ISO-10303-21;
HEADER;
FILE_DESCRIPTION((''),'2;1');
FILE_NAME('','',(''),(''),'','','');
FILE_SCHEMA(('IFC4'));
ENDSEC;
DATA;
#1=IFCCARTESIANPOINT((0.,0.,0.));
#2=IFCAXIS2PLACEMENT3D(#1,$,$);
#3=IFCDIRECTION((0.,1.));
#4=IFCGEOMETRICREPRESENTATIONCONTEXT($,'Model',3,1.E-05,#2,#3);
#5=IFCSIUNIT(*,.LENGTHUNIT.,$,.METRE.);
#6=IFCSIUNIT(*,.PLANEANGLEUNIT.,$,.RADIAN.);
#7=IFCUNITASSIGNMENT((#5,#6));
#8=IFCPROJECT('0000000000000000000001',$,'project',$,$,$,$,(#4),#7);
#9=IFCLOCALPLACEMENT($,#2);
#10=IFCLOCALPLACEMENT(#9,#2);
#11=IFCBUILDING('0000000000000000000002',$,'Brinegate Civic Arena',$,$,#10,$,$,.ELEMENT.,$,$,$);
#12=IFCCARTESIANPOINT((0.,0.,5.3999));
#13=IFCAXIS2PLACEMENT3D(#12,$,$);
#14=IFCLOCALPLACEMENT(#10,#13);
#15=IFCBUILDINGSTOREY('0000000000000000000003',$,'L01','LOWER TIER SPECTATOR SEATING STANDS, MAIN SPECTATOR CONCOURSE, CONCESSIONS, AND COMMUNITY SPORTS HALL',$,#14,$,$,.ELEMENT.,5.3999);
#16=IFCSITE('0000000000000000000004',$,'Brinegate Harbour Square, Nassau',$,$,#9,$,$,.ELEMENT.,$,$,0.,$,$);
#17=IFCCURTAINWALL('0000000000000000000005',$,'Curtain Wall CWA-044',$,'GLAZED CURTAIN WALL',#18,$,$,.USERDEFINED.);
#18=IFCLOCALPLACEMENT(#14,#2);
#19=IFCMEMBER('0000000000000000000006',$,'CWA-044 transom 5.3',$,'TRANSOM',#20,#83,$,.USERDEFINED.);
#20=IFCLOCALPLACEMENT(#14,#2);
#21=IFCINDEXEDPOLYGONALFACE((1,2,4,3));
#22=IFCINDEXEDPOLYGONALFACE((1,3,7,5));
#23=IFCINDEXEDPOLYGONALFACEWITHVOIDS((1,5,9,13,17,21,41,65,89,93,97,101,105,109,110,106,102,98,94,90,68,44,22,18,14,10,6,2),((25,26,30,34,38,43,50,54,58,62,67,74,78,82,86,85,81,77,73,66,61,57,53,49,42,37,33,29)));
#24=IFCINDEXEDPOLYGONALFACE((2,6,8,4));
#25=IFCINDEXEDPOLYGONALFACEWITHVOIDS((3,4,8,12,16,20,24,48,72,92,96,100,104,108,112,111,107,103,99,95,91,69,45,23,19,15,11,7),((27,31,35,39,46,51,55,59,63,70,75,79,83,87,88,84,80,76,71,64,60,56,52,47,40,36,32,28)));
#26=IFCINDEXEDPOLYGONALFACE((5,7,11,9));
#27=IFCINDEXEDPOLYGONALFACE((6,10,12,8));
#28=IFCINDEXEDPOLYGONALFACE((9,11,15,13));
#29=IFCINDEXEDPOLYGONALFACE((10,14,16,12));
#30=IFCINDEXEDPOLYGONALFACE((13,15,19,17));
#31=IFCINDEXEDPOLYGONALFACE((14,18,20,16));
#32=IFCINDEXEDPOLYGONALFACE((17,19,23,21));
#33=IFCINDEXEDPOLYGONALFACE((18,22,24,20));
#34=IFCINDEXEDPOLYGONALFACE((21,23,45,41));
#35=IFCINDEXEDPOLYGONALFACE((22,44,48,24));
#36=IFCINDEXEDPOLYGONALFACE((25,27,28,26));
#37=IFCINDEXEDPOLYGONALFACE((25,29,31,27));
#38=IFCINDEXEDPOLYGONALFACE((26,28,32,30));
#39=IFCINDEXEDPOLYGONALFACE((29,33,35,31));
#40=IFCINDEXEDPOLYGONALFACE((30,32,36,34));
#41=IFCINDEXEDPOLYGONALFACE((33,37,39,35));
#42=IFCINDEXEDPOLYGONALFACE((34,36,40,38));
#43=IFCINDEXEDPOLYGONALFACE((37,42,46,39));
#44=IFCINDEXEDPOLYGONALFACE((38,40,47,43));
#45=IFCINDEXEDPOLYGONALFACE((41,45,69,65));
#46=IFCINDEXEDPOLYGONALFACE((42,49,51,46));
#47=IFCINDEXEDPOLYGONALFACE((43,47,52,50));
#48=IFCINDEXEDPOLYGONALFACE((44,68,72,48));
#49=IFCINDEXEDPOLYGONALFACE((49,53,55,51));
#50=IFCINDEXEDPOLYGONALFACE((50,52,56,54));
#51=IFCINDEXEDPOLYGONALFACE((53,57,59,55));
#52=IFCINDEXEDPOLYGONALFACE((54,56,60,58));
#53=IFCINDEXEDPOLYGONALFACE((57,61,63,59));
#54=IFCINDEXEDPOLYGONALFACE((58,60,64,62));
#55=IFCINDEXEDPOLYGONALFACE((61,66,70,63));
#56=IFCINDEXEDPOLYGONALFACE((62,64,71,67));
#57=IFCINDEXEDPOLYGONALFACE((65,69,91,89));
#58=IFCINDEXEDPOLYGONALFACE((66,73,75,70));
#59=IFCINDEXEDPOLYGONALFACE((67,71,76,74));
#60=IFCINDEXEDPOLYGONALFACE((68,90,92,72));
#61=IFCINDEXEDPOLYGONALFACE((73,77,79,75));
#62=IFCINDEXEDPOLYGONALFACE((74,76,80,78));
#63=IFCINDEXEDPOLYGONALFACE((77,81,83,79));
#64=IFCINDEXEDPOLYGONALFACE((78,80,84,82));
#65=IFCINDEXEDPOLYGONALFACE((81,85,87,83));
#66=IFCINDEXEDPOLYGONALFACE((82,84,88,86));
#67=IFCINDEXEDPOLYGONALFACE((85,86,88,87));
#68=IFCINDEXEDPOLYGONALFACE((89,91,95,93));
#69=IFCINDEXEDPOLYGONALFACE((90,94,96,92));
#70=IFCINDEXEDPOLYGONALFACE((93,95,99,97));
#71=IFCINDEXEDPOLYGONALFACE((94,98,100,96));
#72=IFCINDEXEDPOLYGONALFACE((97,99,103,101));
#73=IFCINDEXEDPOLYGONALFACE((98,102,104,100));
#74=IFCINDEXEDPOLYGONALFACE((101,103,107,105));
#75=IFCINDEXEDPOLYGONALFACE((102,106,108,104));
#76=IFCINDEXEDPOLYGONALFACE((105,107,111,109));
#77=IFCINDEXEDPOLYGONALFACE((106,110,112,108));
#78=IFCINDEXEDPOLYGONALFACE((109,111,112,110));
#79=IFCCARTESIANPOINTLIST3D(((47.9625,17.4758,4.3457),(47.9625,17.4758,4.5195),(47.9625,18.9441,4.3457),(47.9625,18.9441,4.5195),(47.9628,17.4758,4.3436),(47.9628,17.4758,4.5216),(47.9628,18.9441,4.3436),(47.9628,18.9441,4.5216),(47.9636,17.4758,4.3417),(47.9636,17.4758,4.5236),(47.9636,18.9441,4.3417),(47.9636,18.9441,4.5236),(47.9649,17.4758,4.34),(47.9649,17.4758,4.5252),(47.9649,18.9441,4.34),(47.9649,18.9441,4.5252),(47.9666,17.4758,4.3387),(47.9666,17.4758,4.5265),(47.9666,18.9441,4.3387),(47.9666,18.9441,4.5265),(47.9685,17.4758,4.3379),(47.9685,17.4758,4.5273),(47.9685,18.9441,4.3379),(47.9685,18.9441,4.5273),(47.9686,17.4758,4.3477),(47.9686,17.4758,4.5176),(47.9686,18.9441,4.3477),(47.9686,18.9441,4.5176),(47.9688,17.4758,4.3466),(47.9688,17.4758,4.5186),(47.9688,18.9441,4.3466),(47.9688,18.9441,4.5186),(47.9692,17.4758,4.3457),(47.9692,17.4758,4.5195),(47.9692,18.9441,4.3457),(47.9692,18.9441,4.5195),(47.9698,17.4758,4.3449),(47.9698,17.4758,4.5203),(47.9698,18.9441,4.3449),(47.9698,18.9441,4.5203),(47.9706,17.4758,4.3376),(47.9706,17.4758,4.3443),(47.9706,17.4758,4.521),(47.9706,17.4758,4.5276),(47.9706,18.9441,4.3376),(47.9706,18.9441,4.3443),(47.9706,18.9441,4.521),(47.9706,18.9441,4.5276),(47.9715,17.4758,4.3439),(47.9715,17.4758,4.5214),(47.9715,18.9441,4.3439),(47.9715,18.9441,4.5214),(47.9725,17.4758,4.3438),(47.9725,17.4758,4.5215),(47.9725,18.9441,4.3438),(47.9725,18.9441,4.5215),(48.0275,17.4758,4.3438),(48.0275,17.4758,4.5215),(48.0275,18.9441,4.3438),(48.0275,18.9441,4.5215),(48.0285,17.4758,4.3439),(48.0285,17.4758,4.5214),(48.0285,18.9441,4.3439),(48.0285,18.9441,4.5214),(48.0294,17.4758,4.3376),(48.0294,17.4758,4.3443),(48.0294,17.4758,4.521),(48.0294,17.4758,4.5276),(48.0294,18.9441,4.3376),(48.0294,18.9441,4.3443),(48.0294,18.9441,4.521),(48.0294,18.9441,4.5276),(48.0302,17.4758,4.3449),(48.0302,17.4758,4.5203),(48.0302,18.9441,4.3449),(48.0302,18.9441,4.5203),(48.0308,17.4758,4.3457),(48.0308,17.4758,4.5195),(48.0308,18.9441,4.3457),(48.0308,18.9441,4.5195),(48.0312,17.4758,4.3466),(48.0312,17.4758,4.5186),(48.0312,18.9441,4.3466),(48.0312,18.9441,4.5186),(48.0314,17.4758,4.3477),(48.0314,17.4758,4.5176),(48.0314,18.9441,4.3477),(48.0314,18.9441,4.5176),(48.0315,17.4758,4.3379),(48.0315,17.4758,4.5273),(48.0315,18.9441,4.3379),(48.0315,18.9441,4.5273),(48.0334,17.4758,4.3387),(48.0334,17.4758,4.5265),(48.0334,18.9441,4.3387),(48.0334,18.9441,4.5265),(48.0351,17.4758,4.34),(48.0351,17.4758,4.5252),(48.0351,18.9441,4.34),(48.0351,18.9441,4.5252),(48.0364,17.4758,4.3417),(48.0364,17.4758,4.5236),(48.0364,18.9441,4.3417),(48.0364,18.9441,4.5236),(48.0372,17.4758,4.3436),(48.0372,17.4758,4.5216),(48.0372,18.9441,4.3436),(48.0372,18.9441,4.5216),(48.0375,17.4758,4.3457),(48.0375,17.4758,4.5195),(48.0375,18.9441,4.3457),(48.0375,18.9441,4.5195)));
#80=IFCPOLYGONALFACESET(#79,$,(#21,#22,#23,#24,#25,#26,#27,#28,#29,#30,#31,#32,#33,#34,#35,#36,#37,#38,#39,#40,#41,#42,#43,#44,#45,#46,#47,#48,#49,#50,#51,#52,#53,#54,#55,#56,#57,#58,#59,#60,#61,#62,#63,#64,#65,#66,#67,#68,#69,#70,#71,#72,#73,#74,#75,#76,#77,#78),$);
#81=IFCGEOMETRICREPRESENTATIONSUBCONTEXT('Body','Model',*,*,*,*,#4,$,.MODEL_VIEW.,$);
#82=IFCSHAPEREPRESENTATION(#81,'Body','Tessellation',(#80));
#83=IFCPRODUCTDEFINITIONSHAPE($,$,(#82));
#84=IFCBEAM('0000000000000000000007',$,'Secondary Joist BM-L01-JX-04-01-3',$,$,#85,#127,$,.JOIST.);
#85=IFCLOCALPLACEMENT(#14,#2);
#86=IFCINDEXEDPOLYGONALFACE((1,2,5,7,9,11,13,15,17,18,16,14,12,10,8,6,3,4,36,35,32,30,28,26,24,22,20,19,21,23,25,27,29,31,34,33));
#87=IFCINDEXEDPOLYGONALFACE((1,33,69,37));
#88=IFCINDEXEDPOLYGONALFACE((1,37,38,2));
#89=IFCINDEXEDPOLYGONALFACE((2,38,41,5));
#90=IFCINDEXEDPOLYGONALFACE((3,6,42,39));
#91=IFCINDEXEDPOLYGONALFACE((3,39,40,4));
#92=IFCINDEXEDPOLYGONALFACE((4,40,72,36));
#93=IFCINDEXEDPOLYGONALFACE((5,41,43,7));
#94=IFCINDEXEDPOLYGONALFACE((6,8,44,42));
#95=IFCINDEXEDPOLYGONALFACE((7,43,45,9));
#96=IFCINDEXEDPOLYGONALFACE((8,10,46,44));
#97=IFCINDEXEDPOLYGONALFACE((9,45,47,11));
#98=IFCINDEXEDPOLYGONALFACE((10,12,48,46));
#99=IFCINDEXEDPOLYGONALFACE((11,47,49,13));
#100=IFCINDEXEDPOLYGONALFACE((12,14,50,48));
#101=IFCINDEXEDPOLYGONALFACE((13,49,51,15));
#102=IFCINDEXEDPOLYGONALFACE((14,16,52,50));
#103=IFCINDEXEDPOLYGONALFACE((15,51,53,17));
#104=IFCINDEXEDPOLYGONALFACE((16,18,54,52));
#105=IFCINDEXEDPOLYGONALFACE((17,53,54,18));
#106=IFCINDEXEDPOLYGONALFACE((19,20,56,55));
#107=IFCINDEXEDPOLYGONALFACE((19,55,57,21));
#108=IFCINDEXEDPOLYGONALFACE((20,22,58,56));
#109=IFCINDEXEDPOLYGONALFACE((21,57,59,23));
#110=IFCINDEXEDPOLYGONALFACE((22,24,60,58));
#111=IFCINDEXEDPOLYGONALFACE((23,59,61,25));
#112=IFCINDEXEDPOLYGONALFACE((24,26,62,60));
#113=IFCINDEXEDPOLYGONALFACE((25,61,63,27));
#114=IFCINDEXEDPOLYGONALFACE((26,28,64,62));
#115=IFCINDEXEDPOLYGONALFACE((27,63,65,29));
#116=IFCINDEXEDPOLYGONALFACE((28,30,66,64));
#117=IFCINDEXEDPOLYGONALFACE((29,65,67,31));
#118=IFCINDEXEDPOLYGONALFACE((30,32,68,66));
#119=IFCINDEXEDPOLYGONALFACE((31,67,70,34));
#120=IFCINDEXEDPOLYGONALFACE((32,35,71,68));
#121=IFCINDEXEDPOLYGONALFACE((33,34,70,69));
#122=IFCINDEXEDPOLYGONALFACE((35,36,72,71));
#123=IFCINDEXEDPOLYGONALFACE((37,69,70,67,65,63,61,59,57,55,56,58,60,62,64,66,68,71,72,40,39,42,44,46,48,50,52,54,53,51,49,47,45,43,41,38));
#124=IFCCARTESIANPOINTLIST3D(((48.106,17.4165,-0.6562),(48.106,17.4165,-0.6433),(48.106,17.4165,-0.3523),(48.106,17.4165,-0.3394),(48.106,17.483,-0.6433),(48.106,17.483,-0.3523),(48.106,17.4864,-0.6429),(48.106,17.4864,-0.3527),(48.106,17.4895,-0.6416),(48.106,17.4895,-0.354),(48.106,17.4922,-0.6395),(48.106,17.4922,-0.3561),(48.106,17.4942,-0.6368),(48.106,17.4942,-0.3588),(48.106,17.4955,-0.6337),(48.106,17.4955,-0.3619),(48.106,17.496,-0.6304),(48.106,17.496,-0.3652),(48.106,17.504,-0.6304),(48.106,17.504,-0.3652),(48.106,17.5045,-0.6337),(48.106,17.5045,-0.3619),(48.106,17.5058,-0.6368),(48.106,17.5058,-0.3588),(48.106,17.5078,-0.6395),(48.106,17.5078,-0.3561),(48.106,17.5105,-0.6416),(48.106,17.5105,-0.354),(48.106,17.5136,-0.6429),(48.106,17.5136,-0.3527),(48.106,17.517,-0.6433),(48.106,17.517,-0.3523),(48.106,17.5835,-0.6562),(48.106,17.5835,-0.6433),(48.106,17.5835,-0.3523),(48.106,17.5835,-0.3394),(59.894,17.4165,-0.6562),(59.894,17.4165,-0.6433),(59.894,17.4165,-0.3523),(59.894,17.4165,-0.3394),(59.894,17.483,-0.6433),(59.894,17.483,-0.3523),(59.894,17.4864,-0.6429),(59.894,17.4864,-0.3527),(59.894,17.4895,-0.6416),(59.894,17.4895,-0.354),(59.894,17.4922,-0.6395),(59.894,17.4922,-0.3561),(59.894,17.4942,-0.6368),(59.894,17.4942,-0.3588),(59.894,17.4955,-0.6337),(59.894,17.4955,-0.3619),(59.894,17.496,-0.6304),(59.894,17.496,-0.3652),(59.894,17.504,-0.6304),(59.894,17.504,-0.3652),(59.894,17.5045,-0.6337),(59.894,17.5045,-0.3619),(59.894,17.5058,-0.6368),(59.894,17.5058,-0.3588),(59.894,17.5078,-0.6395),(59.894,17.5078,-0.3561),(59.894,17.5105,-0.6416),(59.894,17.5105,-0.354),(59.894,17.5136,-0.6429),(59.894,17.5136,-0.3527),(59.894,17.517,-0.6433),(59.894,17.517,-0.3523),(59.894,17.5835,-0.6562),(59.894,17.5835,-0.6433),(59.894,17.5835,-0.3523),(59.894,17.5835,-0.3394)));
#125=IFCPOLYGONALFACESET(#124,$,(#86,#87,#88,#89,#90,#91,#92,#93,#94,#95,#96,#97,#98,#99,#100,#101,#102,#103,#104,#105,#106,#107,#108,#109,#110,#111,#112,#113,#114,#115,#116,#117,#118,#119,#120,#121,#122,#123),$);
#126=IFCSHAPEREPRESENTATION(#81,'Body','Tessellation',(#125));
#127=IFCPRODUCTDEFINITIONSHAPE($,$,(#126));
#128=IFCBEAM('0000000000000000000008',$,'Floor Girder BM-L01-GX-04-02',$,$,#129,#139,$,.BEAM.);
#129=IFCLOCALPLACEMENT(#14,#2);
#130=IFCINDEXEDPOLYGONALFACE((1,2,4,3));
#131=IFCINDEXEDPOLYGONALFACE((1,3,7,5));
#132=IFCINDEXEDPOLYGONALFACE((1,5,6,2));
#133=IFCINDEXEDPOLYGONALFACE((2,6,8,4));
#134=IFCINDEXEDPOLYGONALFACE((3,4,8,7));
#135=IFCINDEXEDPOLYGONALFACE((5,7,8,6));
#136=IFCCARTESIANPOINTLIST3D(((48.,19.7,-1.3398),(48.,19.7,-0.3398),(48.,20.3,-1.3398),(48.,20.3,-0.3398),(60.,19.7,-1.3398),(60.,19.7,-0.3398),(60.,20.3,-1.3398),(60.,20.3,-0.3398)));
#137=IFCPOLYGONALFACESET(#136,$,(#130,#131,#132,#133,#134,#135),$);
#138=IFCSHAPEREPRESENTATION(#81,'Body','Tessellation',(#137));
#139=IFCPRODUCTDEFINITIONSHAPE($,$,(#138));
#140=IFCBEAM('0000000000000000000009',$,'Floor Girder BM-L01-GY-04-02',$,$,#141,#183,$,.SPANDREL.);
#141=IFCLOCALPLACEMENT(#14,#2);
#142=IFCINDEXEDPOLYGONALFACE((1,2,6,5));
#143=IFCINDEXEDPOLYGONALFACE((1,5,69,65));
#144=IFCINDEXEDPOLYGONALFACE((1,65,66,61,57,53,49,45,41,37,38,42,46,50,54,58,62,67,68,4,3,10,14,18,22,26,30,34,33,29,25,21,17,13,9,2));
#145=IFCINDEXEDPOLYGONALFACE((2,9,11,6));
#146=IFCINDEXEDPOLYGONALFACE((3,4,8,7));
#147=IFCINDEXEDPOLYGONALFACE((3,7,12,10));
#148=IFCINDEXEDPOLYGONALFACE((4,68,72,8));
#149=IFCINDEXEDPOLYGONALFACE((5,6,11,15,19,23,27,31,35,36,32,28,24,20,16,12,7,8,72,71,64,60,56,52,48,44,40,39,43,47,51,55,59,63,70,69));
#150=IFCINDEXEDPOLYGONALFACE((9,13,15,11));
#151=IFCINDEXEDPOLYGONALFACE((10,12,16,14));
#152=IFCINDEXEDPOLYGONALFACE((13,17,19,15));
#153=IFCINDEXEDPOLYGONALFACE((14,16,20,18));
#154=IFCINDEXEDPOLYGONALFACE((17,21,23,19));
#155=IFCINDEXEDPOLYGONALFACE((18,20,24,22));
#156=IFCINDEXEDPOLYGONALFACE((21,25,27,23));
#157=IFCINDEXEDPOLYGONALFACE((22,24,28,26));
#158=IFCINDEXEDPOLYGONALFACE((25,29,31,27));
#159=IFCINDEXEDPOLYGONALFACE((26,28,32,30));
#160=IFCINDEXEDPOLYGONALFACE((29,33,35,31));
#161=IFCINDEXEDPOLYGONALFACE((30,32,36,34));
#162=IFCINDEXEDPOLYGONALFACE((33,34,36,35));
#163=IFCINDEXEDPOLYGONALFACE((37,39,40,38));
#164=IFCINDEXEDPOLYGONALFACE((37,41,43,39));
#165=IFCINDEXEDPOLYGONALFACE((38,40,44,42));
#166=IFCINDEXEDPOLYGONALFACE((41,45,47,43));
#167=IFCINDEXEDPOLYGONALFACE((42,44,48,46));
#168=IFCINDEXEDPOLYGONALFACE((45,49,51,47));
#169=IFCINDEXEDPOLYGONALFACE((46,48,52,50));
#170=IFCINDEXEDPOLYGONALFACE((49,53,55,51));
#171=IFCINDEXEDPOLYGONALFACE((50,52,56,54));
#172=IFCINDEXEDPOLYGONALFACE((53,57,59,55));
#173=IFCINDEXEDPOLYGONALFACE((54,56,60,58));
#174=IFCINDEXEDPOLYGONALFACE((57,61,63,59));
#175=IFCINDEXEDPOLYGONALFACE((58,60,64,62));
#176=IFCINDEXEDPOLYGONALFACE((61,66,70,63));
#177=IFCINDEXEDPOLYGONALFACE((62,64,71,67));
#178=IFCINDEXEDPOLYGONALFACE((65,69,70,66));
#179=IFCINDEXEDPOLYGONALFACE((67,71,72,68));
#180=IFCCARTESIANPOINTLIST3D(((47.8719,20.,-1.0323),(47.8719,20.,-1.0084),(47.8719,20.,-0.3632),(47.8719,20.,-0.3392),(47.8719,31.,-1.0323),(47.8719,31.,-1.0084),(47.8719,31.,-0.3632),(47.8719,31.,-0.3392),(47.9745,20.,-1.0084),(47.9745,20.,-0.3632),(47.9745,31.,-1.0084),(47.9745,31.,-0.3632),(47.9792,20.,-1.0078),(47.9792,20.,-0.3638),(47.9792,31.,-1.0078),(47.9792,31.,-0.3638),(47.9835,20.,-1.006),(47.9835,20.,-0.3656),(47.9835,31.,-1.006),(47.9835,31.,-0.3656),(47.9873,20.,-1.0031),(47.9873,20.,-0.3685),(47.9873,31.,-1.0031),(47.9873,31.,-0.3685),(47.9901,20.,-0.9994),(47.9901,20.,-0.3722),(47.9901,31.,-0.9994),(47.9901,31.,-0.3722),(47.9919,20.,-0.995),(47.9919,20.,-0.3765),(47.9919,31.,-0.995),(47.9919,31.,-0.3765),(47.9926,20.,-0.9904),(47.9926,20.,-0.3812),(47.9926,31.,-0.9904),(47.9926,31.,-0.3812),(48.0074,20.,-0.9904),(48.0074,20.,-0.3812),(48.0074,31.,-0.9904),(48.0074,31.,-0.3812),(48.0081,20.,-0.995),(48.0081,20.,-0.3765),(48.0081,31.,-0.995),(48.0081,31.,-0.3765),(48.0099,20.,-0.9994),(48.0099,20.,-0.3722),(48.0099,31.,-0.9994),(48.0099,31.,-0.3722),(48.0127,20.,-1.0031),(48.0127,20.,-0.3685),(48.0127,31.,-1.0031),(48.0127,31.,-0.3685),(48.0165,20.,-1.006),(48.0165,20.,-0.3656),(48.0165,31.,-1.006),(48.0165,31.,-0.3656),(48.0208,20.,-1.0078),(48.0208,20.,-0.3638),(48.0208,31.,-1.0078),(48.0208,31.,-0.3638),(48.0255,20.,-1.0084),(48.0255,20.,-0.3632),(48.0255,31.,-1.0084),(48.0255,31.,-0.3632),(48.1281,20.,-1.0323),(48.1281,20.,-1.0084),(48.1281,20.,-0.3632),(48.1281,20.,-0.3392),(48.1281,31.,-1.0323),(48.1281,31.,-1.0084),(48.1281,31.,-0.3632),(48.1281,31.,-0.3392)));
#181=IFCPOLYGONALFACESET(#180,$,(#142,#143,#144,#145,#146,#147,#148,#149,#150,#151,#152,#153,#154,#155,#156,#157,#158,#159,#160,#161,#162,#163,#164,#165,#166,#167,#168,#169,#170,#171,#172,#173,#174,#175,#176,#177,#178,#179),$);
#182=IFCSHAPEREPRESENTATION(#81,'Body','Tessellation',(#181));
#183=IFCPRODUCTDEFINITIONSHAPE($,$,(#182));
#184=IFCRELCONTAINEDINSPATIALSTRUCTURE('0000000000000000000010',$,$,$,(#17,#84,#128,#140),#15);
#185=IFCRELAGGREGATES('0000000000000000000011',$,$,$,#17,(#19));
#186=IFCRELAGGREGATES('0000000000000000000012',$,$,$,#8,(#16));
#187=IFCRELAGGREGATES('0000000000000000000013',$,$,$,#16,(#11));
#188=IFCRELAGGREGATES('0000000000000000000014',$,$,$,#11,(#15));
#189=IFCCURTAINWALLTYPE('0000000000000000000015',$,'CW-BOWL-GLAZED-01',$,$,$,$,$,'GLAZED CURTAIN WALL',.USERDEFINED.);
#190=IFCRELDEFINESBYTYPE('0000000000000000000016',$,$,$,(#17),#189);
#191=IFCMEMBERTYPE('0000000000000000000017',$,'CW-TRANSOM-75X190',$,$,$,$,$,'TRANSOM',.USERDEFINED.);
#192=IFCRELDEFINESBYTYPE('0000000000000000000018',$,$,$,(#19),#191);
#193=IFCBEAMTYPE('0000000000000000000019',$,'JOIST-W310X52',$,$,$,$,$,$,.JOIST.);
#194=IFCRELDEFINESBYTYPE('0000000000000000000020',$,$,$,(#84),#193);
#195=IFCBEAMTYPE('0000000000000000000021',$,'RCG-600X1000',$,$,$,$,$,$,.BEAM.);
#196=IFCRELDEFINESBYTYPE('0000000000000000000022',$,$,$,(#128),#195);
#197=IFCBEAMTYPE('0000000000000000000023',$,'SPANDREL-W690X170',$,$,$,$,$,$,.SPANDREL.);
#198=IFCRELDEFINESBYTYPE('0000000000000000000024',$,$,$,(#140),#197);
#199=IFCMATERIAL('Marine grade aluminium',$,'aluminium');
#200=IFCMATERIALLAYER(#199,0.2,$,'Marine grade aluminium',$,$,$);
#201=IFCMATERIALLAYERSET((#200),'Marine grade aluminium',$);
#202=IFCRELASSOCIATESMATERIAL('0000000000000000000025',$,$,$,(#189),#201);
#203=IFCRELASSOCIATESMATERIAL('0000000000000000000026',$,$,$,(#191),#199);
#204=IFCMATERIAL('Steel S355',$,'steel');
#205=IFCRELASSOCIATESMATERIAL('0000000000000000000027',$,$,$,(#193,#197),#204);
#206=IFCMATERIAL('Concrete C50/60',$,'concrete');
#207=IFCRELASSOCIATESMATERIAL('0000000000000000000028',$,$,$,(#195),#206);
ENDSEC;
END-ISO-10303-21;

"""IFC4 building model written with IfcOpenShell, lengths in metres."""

from ifc_helpers import new_model, si_unit, direction, frame, origin, origin_2d, place, context, subcontext, project, spatial, rectangle, hollow_rectangle, i_section, extrude, material, layer, layer_set, material_profile, profile_set, type_object, element, aggregate, save


model = new_model("IFC4")

# Units and contexts
model_context = context("Model", 3, precision=1e-05, world=origin(), true_north=direction((0.0, 1.0)))
body_context = subcontext(model_context, "Body", "Model", "MODEL_VIEW")
ifc_project = project(units=[si_unit("LENGTHUNIT", "METRE"), si_unit("PLANEANGLEUNIT", "RADIAN")], contexts=[model_context])

# Site, building, storey
site_placement = place(None, origin())
site = spatial("IfcSite", under=ifc_project, at=site_placement, Name="Brinegate Harbour Square, Nassau", CompositionType="ELEMENT", RefElevation=0.0)
building_placement = place(site_placement, origin())
building = spatial("IfcBuilding", under=site, at=building_placement, Name="Brinegate Civic Arena", CompositionType="ELEMENT")
storey_placement = place(building_placement, frame((0.0, 0.0, 5.3999)))
storey = spatial("IfcBuildingStorey", under=building, at=storey_placement, Name="L01", Description="LOWER TIER SPECTATOR SEATING STANDS, MAIN SPECTATOR CONCOURSE, CONCESSIONS, AND COMMUNITY SPORTS HALL", CompositionType="ELEMENT", Elevation=5.3999)

# Shared definitions
ifc_material_1 = material(Name="Steel S355", Category="steel")

# Curtain wall
ifc_material_2 = material(Name="Marine grade aluminium", Category="aluminium")
ifc_layer_1 = layer(ifc_material_2, 0.2, Name="Marine grade aluminium")
ifc_layer_set_1 = layer_set([ifc_layer_1], Name="Marine grade aluminium")
curtain_wall_type = type_object("IfcCurtainWallType", Name="CW-BOWL-GLAZED-01", ElementType="GLAZED CURTAIN WALL", PredefinedType="USERDEFINED", material=ifc_layer_set_1)
curtain_wall_1_placement = place(storey_placement, origin())
curtain_wall_1 = element("IfcCurtainWall", 1, at=curtain_wall_1_placement, inside=storey, type_object=curtain_wall_type, Name="Curtain Wall CWA-044", ObjectType="GLAZED CURTAIN WALL", PredefinedType="USERDEFINED")

# Member
ifc_material_profile_1 = material_profile(ifc_material_2, hollow_rectangle(XDim=0.075, YDim=0.1899, WallThickness=0.0061, InnerFilletRadius=0.0039, OuterFilletRadius=0.0081, at=origin_2d()), Name="TRN75X190")
ifc_profile_set_1 = profile_set([ifc_material_profile_1], Name="Marine grade aluminium")
member_type_1 = type_object("IfcMemberType", Name="CW-TRANSOM-75X190", ElementType="TRANSOM", PredefinedType="USERDEFINED", material=ifc_profile_set_1)
member_1_placement = place(storey_placement, frame((48.0, 17.4758, 4.4326), z_axis=(0.0, 1.0, 0.0), x_axis=(-1.0, 0.0, 0.0)))
member_1 = element("IfcMember", 2, at=member_1_placement, type_object=member_type_1, Name="CWA-044 transom 5.3", ObjectType="TRANSOM", PredefinedType="USERDEFINED", context=body_context, shape_type="SweptSolid", body=[
    extrude(hollow_rectangle(XDim=0.075, YDim=0.1899, WallThickness=0.0061, InnerFilletRadius=0.0039, OuterFilletRadius=0.0081, at=origin_2d()), origin(), (0.0, 0.0, 1.0), 1.4683),
])

# Beams
ifc_material_profile_2 = material_profile(ifc_material_1, i_section(OverallWidth=0.167, OverallDepth=0.3169, WebThickness=0.0081, FlangeThickness=0.0129, FilletRadius=0.0129, at=origin_2d()), Name="W310X52")
ifc_profile_set_2 = profile_set([ifc_material_profile_2], Name="Steel S355")
beam_type_1 = type_object("IfcBeamType", Name="JOIST-W310X52", PredefinedType="JOIST", material=ifc_profile_set_2)
beam_1_placement = place(storey_placement, frame((48.106, 17.5, -0.4978), z_axis=(1.0, 0.0, 0.0), x_axis=(0.0, 1.0, 0.0)))
element("IfcBeam", 3, at=beam_1_placement, inside=storey, type_object=beam_type_1, Name="Secondary Joist BM-L01-JX-04-01-3", PredefinedType="JOIST", context=body_context, shape_type="SweptSolid", body=[
    extrude(i_section(OverallWidth=0.167, OverallDepth=0.3169, WebThickness=0.0081, FlangeThickness=0.0129, FilletRadius=0.0129, at=origin_2d()), origin(), (0.0, 0.0, 1.0), 11.7881),
])
ifc_material_3 = material(Name="Concrete C50/60", Category="concrete")
ifc_material_profile_3 = material_profile(ifc_material_3, rectangle(XDim=0.6001, YDim=1.0, at=origin_2d()), Name="RCB600X1000")
ifc_profile_set_3 = profile_set([ifc_material_profile_3], Name="Concrete C50/60")
beam_type_2 = type_object("IfcBeamType", Name="RCG-600X1000", PredefinedType="BEAM", material=ifc_profile_set_3)
beam_2_placement = place(storey_placement, frame((48.0, 20.0, -0.8398), z_axis=(1.0, 0.0, 0.0), x_axis=(0.0, 1.0, 0.0)))
element("IfcBeam", 4, at=beam_2_placement, inside=storey, type_object=beam_type_2, Name="Floor Girder BM-L01-GX-04-02", PredefinedType="BEAM", context=body_context, shape_type="SweptSolid", body=[
    extrude(rectangle(XDim=0.6001, YDim=1.0, at=origin_2d()), origin(), (0.0, 0.0, 1.0), 12.0),
])
ifc_material_profile_4 = material_profile(ifc_material_1, i_section(OverallWidth=0.2561, OverallDepth=0.6931, WebThickness=0.0149, FlangeThickness=0.0239, FilletRadius=0.0181, at=origin_2d()), Name="W690X170")
ifc_profile_set_4 = profile_set([ifc_material_profile_4], Name="Steel S355")
beam_type_3 = type_object("IfcBeamType", Name="SPANDREL-W690X170", PredefinedType="SPANDREL", material=ifc_profile_set_4)
beam_3_placement = place(storey_placement, frame((48.0, 20.0, -0.6858), z_axis=(0.0, 1.0, 0.0), x_axis=(-1.0, 0.0, 0.0)))
element("IfcBeam", 5, at=beam_3_placement, inside=storey, type_object=beam_type_3, Name="Floor Girder BM-L01-GY-04-02", PredefinedType="SPANDREL", context=body_context, shape_type="SweptSolid", body=[
    extrude(i_section(OverallWidth=0.2561, OverallDepth=0.6931, WebThickness=0.0149, FlangeThickness=0.0239, FilletRadius=0.0181, at=origin_2d()), origin(), (0.0, 0.0, 1.0), 11.0),
])

aggregate(curtain_wall_1, [member_1])

save(model, "model.ifc")
